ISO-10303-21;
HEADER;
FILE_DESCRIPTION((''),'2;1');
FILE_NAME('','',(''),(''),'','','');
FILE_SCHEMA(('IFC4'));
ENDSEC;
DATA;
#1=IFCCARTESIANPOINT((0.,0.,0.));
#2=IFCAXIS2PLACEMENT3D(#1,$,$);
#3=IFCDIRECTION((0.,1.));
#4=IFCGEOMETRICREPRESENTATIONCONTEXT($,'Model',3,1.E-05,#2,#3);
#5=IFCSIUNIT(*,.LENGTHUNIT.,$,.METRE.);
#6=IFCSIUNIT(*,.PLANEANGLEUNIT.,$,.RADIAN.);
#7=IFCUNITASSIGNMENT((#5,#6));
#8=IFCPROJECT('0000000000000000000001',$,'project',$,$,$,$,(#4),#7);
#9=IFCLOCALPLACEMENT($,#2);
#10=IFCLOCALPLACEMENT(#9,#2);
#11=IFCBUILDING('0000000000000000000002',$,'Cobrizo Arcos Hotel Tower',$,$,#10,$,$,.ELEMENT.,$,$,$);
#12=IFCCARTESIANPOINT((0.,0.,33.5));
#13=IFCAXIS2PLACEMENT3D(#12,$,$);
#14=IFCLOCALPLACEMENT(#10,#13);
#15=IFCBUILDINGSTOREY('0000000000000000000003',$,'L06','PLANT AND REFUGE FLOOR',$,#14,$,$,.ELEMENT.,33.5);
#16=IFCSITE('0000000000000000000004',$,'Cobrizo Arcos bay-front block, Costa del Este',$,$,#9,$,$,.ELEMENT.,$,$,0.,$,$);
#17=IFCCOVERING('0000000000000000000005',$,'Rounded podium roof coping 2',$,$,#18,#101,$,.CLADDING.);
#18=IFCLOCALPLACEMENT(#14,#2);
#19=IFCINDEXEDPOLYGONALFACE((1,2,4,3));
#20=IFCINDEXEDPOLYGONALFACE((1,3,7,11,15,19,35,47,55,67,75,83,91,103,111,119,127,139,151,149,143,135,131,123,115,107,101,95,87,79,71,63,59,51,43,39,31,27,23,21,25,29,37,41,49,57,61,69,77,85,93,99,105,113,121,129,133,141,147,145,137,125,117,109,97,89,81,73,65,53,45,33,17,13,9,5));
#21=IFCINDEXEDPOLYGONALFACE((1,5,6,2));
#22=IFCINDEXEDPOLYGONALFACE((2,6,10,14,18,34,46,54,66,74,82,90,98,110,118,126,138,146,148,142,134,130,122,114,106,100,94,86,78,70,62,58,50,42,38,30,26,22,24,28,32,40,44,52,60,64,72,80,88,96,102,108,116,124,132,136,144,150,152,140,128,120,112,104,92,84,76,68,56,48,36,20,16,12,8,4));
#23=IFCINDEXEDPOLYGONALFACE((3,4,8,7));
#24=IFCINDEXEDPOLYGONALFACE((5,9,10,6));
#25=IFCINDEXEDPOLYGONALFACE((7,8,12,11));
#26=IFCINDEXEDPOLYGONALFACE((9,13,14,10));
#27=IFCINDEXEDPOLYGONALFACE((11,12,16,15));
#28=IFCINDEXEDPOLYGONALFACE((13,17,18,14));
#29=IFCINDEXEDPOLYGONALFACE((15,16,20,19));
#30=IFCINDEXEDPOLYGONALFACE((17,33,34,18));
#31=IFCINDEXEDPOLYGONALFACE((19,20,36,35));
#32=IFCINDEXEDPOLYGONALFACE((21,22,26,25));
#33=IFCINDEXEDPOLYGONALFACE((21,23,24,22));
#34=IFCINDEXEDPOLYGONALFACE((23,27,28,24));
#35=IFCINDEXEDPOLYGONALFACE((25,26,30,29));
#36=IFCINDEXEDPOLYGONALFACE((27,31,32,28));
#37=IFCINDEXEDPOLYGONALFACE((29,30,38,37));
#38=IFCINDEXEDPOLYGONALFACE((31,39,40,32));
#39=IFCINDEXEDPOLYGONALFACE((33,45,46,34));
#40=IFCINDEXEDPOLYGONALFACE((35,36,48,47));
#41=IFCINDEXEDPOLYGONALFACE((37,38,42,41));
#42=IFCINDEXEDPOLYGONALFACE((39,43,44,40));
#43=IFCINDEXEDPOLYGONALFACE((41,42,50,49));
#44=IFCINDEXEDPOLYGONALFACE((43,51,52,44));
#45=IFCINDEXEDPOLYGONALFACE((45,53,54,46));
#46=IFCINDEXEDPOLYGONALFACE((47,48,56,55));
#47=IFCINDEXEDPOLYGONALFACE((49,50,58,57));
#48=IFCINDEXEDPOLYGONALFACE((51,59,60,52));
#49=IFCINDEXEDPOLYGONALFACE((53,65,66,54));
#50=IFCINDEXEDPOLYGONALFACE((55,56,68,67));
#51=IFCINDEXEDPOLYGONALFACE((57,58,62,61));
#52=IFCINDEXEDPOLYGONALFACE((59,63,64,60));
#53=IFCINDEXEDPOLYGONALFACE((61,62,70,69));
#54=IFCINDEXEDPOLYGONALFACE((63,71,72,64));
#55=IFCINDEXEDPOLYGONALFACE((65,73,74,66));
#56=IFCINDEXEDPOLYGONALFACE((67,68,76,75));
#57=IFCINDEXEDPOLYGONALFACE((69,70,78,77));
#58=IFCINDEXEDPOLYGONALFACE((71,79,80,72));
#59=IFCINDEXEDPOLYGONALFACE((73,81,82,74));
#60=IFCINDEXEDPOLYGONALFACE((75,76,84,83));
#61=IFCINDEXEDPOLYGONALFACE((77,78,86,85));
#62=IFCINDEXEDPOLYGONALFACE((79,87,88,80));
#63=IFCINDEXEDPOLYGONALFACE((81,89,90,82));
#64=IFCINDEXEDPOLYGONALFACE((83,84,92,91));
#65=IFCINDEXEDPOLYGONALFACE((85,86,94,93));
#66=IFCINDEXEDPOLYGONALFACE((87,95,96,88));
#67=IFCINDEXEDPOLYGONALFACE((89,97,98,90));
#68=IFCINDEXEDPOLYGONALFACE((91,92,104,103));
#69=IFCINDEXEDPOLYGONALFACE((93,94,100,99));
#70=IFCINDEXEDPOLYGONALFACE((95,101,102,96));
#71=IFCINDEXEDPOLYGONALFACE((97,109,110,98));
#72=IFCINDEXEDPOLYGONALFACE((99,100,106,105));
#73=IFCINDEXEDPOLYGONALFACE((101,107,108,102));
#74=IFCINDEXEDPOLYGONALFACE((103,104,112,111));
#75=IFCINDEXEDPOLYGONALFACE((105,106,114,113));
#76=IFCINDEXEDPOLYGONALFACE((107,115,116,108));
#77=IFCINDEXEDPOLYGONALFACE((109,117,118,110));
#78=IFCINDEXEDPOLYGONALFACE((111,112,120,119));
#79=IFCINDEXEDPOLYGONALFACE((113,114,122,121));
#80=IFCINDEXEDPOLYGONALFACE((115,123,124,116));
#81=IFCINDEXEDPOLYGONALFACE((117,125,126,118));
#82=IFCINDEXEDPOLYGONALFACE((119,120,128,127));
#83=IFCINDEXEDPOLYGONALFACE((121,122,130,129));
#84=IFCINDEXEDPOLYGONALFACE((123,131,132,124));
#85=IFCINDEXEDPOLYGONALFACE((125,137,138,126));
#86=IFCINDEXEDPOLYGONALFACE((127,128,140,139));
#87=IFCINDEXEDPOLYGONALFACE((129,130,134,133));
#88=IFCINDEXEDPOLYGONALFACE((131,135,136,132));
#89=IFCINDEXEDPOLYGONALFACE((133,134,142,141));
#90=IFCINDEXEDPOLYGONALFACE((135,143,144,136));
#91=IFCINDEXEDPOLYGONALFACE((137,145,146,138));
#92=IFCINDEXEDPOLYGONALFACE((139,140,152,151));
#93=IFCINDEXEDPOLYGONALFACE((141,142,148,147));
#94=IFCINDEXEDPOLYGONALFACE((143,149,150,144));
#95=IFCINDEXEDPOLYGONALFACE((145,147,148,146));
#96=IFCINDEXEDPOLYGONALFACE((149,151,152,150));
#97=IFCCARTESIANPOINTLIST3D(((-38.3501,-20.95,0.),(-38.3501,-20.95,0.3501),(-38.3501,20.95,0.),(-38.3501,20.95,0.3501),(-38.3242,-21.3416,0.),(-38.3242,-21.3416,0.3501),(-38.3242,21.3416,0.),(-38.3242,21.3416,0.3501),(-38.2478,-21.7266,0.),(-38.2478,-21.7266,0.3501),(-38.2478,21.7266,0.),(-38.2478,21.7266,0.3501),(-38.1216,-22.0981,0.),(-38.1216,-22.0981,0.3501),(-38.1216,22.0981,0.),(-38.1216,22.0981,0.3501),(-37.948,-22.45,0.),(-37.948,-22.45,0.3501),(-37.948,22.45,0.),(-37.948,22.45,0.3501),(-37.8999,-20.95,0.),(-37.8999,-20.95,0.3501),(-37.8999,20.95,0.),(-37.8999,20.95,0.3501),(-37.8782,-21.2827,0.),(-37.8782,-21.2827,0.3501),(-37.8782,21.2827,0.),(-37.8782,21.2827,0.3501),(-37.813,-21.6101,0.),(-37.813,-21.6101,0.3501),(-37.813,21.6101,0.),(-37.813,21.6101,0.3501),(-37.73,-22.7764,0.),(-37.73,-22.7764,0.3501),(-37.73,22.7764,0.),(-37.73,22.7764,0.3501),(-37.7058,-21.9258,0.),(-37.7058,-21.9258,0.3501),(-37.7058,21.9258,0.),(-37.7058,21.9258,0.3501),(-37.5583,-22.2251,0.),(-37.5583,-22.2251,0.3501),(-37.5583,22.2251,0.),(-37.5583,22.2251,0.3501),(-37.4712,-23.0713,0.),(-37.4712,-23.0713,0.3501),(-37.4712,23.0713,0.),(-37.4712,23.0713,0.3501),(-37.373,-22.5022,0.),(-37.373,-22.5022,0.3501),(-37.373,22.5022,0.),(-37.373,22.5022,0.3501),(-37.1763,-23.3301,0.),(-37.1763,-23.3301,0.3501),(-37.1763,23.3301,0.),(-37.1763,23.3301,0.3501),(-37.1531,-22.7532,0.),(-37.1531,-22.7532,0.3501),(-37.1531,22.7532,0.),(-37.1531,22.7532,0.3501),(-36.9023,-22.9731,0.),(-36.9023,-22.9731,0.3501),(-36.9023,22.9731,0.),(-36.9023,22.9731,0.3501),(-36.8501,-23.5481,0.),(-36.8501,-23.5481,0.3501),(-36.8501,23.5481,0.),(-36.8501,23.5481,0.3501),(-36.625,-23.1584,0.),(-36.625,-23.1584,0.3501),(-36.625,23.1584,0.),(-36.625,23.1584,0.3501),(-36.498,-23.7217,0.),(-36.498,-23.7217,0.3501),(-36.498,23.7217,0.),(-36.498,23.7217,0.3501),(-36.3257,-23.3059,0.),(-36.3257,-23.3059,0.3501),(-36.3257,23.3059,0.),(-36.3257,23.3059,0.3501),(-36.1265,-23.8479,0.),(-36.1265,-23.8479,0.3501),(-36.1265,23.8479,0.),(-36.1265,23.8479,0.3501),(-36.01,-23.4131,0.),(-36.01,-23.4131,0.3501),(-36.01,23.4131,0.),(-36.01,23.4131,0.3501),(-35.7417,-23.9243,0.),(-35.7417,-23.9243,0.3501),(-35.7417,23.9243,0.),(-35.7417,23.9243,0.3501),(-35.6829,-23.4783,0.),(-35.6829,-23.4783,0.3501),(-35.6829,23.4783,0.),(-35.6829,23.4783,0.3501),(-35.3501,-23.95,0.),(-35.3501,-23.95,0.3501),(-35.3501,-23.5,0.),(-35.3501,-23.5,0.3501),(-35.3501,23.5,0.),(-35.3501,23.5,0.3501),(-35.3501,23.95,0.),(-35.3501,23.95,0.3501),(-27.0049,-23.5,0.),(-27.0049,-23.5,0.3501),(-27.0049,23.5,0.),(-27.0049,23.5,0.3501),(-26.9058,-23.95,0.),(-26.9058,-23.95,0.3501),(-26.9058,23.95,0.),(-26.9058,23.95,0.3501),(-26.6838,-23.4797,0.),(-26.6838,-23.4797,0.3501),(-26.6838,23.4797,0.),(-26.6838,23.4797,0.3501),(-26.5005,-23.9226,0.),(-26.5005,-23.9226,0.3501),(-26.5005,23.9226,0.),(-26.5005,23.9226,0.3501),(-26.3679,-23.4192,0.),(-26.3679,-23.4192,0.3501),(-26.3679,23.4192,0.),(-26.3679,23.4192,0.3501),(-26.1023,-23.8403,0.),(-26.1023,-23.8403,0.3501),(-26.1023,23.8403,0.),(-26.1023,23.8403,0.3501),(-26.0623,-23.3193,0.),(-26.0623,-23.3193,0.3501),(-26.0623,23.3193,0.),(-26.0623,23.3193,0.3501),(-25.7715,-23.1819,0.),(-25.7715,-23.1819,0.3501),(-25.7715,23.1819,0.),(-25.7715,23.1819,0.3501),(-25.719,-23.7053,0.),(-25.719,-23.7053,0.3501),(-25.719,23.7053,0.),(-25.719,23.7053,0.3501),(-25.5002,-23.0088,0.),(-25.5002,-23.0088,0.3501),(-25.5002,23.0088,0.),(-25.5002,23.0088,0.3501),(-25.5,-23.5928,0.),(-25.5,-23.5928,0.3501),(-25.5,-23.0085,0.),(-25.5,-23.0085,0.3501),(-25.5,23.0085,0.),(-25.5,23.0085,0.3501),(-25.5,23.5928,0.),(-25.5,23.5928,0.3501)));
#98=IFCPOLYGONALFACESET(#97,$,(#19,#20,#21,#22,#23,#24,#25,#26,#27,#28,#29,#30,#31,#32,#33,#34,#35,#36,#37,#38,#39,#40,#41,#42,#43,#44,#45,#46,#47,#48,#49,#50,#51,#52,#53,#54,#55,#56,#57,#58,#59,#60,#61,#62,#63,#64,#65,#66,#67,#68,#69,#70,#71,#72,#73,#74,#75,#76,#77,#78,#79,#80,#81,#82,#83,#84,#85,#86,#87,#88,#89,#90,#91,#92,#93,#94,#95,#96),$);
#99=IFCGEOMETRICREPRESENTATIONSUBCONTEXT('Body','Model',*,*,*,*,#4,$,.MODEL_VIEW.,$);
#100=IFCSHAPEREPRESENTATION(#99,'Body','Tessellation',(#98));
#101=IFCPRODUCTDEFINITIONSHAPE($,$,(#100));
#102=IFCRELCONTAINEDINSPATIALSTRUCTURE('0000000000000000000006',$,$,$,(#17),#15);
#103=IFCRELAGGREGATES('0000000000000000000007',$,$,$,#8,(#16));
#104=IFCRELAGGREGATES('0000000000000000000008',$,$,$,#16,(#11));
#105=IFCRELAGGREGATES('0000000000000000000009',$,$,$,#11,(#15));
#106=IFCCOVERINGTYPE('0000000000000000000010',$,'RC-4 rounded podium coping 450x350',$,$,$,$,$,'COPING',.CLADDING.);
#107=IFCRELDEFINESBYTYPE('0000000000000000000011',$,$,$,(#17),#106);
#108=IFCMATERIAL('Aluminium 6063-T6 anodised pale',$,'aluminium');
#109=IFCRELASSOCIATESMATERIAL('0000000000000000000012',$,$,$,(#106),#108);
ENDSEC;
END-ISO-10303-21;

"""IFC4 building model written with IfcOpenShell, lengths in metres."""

from ifc_helpers import new_model, si_unit, direction, frame, origin, place, context, subcontext, project, spatial, polyline, outline, extrude, material, type_object, element, save


model = new_model("IFC4")

# Units and contexts
model_context = context("Model", 3, precision=1e-05, world=origin(), true_north=direction((0.0, 1.0)))
body_context = subcontext(model_context, "Body", "Model", "MODEL_VIEW")
ifc_project = project(units=[si_unit("LENGTHUNIT", "METRE"), si_unit("PLANEANGLEUNIT", "RADIAN")], contexts=[model_context])

# Site, building, storey
site_placement = place(None, origin())
site = spatial("IfcSite", under=ifc_project, at=site_placement, Name="Cobrizo Arcos bay-front block, Costa del Este", CompositionType="ELEMENT", RefElevation=0.0)
building_placement = place(site_placement, origin())
building = spatial("IfcBuilding", under=site, at=building_placement, Name="Cobrizo Arcos Hotel Tower", CompositionType="ELEMENT")
storey_placement = place(building_placement, frame((0.0, 0.0, 33.5)))
storey = spatial("IfcBuildingStorey", under=building, at=storey_placement, Name="L06", Description="PLANT AND REFUGE FLOOR", CompositionType="ELEMENT", Elevation=33.5)

# Covering
ifc_material_1 = material(Name="Aluminium 6063-T6 anodised pale", Category="aluminium")
covering_type = type_object("IfcCoveringType", Name="RC-4 rounded podium coping 450x350", ElementType="COPING", PredefinedType="CLADDING", material=ifc_material_1)
covering_1_placement = place(storey_placement, origin())
element("IfcCovering", 1, at=covering_1_placement, inside=storey, type_object=covering_type, Name="Rounded podium roof coping 2", PredefinedType="CLADDING", context=body_context, shape_type="SweptSolid", body=[
    extrude(outline(polyline([(-36.1265, -23.8479), (-36.498, -23.7217), (-36.8501, -23.5481), (-37.1763, -23.3301), (-37.4712, -23.0713), (-37.73, -22.7764), (-37.948, -22.45), (-38.1216, -22.0981), (-38.2478, -21.7266), (-38.3242, -21.3416), (-38.3501, -20.95), (-38.3501, 20.95), (-38.3242, 21.3416), (-38.2478, 21.7266), (-38.1216, 22.0981), (-37.948, 22.45), (-37.73, 22.7764), (-37.4712, 23.0713), (-37.1763, 23.3301), (-36.8501, 23.5481), (-36.498, 23.7217), (-36.1265, 23.8479), (-35.7417, 23.9243), (-35.3501, 23.95), (-26.9058, 23.95), (-26.5005, 23.9226), (-26.1023, 23.8403), (-25.719, 23.7053), (-25.5, 23.5928), (-25.5, 23.0085), (-25.5002, 23.0088), (-25.7715, 23.1819), (-26.0623, 23.3193), (-26.3679, 23.4192), (-26.6838, 23.4797), (-27.0049, 23.5), (-35.3501, 23.5), (-35.6829, 23.4783), (-36.01, 23.4131), (-36.3257, 23.3059), (-36.625, 23.1584), (-36.9023, 22.9731), (-37.1531, 22.7532), (-37.373, 22.5022), (-37.5583, 22.2251), (-37.7058, 21.9258), (-37.813, 21.6101), (-37.8782, 21.2827), (-37.8999, 20.95), (-37.8999, -20.95), (-37.8782, -21.2827), (-37.813, -21.6101), (-37.7058, -21.9258), (-37.5583, -22.2251), (-37.373, -22.5022), (-37.1531, -22.7532), (-36.9023, -22.9731), (-36.625, -23.1584), (-36.3257, -23.3059), (-36.01, -23.4131), (-35.6829, -23.4783), (-35.3501, -23.5), (-27.0049, -23.5), (-26.6838, -23.4797), (-26.3679, -23.4192), (-26.0623, -23.3193), (-25.7715, -23.1819), (-25.5002, -23.0088), (-25.5, -23.0085), (-25.5, -23.5928), (-25.719, -23.7053), (-26.1023, -23.8403), (-26.5005, -23.9226), (-26.9058, -23.95), (-35.3501, -23.95), (-35.7417, -23.9243), (-36.1265, -23.8479)])), origin(), (0.0, 0.0, 1.0), 0.3501),
])

save(model, "model.ifc")
